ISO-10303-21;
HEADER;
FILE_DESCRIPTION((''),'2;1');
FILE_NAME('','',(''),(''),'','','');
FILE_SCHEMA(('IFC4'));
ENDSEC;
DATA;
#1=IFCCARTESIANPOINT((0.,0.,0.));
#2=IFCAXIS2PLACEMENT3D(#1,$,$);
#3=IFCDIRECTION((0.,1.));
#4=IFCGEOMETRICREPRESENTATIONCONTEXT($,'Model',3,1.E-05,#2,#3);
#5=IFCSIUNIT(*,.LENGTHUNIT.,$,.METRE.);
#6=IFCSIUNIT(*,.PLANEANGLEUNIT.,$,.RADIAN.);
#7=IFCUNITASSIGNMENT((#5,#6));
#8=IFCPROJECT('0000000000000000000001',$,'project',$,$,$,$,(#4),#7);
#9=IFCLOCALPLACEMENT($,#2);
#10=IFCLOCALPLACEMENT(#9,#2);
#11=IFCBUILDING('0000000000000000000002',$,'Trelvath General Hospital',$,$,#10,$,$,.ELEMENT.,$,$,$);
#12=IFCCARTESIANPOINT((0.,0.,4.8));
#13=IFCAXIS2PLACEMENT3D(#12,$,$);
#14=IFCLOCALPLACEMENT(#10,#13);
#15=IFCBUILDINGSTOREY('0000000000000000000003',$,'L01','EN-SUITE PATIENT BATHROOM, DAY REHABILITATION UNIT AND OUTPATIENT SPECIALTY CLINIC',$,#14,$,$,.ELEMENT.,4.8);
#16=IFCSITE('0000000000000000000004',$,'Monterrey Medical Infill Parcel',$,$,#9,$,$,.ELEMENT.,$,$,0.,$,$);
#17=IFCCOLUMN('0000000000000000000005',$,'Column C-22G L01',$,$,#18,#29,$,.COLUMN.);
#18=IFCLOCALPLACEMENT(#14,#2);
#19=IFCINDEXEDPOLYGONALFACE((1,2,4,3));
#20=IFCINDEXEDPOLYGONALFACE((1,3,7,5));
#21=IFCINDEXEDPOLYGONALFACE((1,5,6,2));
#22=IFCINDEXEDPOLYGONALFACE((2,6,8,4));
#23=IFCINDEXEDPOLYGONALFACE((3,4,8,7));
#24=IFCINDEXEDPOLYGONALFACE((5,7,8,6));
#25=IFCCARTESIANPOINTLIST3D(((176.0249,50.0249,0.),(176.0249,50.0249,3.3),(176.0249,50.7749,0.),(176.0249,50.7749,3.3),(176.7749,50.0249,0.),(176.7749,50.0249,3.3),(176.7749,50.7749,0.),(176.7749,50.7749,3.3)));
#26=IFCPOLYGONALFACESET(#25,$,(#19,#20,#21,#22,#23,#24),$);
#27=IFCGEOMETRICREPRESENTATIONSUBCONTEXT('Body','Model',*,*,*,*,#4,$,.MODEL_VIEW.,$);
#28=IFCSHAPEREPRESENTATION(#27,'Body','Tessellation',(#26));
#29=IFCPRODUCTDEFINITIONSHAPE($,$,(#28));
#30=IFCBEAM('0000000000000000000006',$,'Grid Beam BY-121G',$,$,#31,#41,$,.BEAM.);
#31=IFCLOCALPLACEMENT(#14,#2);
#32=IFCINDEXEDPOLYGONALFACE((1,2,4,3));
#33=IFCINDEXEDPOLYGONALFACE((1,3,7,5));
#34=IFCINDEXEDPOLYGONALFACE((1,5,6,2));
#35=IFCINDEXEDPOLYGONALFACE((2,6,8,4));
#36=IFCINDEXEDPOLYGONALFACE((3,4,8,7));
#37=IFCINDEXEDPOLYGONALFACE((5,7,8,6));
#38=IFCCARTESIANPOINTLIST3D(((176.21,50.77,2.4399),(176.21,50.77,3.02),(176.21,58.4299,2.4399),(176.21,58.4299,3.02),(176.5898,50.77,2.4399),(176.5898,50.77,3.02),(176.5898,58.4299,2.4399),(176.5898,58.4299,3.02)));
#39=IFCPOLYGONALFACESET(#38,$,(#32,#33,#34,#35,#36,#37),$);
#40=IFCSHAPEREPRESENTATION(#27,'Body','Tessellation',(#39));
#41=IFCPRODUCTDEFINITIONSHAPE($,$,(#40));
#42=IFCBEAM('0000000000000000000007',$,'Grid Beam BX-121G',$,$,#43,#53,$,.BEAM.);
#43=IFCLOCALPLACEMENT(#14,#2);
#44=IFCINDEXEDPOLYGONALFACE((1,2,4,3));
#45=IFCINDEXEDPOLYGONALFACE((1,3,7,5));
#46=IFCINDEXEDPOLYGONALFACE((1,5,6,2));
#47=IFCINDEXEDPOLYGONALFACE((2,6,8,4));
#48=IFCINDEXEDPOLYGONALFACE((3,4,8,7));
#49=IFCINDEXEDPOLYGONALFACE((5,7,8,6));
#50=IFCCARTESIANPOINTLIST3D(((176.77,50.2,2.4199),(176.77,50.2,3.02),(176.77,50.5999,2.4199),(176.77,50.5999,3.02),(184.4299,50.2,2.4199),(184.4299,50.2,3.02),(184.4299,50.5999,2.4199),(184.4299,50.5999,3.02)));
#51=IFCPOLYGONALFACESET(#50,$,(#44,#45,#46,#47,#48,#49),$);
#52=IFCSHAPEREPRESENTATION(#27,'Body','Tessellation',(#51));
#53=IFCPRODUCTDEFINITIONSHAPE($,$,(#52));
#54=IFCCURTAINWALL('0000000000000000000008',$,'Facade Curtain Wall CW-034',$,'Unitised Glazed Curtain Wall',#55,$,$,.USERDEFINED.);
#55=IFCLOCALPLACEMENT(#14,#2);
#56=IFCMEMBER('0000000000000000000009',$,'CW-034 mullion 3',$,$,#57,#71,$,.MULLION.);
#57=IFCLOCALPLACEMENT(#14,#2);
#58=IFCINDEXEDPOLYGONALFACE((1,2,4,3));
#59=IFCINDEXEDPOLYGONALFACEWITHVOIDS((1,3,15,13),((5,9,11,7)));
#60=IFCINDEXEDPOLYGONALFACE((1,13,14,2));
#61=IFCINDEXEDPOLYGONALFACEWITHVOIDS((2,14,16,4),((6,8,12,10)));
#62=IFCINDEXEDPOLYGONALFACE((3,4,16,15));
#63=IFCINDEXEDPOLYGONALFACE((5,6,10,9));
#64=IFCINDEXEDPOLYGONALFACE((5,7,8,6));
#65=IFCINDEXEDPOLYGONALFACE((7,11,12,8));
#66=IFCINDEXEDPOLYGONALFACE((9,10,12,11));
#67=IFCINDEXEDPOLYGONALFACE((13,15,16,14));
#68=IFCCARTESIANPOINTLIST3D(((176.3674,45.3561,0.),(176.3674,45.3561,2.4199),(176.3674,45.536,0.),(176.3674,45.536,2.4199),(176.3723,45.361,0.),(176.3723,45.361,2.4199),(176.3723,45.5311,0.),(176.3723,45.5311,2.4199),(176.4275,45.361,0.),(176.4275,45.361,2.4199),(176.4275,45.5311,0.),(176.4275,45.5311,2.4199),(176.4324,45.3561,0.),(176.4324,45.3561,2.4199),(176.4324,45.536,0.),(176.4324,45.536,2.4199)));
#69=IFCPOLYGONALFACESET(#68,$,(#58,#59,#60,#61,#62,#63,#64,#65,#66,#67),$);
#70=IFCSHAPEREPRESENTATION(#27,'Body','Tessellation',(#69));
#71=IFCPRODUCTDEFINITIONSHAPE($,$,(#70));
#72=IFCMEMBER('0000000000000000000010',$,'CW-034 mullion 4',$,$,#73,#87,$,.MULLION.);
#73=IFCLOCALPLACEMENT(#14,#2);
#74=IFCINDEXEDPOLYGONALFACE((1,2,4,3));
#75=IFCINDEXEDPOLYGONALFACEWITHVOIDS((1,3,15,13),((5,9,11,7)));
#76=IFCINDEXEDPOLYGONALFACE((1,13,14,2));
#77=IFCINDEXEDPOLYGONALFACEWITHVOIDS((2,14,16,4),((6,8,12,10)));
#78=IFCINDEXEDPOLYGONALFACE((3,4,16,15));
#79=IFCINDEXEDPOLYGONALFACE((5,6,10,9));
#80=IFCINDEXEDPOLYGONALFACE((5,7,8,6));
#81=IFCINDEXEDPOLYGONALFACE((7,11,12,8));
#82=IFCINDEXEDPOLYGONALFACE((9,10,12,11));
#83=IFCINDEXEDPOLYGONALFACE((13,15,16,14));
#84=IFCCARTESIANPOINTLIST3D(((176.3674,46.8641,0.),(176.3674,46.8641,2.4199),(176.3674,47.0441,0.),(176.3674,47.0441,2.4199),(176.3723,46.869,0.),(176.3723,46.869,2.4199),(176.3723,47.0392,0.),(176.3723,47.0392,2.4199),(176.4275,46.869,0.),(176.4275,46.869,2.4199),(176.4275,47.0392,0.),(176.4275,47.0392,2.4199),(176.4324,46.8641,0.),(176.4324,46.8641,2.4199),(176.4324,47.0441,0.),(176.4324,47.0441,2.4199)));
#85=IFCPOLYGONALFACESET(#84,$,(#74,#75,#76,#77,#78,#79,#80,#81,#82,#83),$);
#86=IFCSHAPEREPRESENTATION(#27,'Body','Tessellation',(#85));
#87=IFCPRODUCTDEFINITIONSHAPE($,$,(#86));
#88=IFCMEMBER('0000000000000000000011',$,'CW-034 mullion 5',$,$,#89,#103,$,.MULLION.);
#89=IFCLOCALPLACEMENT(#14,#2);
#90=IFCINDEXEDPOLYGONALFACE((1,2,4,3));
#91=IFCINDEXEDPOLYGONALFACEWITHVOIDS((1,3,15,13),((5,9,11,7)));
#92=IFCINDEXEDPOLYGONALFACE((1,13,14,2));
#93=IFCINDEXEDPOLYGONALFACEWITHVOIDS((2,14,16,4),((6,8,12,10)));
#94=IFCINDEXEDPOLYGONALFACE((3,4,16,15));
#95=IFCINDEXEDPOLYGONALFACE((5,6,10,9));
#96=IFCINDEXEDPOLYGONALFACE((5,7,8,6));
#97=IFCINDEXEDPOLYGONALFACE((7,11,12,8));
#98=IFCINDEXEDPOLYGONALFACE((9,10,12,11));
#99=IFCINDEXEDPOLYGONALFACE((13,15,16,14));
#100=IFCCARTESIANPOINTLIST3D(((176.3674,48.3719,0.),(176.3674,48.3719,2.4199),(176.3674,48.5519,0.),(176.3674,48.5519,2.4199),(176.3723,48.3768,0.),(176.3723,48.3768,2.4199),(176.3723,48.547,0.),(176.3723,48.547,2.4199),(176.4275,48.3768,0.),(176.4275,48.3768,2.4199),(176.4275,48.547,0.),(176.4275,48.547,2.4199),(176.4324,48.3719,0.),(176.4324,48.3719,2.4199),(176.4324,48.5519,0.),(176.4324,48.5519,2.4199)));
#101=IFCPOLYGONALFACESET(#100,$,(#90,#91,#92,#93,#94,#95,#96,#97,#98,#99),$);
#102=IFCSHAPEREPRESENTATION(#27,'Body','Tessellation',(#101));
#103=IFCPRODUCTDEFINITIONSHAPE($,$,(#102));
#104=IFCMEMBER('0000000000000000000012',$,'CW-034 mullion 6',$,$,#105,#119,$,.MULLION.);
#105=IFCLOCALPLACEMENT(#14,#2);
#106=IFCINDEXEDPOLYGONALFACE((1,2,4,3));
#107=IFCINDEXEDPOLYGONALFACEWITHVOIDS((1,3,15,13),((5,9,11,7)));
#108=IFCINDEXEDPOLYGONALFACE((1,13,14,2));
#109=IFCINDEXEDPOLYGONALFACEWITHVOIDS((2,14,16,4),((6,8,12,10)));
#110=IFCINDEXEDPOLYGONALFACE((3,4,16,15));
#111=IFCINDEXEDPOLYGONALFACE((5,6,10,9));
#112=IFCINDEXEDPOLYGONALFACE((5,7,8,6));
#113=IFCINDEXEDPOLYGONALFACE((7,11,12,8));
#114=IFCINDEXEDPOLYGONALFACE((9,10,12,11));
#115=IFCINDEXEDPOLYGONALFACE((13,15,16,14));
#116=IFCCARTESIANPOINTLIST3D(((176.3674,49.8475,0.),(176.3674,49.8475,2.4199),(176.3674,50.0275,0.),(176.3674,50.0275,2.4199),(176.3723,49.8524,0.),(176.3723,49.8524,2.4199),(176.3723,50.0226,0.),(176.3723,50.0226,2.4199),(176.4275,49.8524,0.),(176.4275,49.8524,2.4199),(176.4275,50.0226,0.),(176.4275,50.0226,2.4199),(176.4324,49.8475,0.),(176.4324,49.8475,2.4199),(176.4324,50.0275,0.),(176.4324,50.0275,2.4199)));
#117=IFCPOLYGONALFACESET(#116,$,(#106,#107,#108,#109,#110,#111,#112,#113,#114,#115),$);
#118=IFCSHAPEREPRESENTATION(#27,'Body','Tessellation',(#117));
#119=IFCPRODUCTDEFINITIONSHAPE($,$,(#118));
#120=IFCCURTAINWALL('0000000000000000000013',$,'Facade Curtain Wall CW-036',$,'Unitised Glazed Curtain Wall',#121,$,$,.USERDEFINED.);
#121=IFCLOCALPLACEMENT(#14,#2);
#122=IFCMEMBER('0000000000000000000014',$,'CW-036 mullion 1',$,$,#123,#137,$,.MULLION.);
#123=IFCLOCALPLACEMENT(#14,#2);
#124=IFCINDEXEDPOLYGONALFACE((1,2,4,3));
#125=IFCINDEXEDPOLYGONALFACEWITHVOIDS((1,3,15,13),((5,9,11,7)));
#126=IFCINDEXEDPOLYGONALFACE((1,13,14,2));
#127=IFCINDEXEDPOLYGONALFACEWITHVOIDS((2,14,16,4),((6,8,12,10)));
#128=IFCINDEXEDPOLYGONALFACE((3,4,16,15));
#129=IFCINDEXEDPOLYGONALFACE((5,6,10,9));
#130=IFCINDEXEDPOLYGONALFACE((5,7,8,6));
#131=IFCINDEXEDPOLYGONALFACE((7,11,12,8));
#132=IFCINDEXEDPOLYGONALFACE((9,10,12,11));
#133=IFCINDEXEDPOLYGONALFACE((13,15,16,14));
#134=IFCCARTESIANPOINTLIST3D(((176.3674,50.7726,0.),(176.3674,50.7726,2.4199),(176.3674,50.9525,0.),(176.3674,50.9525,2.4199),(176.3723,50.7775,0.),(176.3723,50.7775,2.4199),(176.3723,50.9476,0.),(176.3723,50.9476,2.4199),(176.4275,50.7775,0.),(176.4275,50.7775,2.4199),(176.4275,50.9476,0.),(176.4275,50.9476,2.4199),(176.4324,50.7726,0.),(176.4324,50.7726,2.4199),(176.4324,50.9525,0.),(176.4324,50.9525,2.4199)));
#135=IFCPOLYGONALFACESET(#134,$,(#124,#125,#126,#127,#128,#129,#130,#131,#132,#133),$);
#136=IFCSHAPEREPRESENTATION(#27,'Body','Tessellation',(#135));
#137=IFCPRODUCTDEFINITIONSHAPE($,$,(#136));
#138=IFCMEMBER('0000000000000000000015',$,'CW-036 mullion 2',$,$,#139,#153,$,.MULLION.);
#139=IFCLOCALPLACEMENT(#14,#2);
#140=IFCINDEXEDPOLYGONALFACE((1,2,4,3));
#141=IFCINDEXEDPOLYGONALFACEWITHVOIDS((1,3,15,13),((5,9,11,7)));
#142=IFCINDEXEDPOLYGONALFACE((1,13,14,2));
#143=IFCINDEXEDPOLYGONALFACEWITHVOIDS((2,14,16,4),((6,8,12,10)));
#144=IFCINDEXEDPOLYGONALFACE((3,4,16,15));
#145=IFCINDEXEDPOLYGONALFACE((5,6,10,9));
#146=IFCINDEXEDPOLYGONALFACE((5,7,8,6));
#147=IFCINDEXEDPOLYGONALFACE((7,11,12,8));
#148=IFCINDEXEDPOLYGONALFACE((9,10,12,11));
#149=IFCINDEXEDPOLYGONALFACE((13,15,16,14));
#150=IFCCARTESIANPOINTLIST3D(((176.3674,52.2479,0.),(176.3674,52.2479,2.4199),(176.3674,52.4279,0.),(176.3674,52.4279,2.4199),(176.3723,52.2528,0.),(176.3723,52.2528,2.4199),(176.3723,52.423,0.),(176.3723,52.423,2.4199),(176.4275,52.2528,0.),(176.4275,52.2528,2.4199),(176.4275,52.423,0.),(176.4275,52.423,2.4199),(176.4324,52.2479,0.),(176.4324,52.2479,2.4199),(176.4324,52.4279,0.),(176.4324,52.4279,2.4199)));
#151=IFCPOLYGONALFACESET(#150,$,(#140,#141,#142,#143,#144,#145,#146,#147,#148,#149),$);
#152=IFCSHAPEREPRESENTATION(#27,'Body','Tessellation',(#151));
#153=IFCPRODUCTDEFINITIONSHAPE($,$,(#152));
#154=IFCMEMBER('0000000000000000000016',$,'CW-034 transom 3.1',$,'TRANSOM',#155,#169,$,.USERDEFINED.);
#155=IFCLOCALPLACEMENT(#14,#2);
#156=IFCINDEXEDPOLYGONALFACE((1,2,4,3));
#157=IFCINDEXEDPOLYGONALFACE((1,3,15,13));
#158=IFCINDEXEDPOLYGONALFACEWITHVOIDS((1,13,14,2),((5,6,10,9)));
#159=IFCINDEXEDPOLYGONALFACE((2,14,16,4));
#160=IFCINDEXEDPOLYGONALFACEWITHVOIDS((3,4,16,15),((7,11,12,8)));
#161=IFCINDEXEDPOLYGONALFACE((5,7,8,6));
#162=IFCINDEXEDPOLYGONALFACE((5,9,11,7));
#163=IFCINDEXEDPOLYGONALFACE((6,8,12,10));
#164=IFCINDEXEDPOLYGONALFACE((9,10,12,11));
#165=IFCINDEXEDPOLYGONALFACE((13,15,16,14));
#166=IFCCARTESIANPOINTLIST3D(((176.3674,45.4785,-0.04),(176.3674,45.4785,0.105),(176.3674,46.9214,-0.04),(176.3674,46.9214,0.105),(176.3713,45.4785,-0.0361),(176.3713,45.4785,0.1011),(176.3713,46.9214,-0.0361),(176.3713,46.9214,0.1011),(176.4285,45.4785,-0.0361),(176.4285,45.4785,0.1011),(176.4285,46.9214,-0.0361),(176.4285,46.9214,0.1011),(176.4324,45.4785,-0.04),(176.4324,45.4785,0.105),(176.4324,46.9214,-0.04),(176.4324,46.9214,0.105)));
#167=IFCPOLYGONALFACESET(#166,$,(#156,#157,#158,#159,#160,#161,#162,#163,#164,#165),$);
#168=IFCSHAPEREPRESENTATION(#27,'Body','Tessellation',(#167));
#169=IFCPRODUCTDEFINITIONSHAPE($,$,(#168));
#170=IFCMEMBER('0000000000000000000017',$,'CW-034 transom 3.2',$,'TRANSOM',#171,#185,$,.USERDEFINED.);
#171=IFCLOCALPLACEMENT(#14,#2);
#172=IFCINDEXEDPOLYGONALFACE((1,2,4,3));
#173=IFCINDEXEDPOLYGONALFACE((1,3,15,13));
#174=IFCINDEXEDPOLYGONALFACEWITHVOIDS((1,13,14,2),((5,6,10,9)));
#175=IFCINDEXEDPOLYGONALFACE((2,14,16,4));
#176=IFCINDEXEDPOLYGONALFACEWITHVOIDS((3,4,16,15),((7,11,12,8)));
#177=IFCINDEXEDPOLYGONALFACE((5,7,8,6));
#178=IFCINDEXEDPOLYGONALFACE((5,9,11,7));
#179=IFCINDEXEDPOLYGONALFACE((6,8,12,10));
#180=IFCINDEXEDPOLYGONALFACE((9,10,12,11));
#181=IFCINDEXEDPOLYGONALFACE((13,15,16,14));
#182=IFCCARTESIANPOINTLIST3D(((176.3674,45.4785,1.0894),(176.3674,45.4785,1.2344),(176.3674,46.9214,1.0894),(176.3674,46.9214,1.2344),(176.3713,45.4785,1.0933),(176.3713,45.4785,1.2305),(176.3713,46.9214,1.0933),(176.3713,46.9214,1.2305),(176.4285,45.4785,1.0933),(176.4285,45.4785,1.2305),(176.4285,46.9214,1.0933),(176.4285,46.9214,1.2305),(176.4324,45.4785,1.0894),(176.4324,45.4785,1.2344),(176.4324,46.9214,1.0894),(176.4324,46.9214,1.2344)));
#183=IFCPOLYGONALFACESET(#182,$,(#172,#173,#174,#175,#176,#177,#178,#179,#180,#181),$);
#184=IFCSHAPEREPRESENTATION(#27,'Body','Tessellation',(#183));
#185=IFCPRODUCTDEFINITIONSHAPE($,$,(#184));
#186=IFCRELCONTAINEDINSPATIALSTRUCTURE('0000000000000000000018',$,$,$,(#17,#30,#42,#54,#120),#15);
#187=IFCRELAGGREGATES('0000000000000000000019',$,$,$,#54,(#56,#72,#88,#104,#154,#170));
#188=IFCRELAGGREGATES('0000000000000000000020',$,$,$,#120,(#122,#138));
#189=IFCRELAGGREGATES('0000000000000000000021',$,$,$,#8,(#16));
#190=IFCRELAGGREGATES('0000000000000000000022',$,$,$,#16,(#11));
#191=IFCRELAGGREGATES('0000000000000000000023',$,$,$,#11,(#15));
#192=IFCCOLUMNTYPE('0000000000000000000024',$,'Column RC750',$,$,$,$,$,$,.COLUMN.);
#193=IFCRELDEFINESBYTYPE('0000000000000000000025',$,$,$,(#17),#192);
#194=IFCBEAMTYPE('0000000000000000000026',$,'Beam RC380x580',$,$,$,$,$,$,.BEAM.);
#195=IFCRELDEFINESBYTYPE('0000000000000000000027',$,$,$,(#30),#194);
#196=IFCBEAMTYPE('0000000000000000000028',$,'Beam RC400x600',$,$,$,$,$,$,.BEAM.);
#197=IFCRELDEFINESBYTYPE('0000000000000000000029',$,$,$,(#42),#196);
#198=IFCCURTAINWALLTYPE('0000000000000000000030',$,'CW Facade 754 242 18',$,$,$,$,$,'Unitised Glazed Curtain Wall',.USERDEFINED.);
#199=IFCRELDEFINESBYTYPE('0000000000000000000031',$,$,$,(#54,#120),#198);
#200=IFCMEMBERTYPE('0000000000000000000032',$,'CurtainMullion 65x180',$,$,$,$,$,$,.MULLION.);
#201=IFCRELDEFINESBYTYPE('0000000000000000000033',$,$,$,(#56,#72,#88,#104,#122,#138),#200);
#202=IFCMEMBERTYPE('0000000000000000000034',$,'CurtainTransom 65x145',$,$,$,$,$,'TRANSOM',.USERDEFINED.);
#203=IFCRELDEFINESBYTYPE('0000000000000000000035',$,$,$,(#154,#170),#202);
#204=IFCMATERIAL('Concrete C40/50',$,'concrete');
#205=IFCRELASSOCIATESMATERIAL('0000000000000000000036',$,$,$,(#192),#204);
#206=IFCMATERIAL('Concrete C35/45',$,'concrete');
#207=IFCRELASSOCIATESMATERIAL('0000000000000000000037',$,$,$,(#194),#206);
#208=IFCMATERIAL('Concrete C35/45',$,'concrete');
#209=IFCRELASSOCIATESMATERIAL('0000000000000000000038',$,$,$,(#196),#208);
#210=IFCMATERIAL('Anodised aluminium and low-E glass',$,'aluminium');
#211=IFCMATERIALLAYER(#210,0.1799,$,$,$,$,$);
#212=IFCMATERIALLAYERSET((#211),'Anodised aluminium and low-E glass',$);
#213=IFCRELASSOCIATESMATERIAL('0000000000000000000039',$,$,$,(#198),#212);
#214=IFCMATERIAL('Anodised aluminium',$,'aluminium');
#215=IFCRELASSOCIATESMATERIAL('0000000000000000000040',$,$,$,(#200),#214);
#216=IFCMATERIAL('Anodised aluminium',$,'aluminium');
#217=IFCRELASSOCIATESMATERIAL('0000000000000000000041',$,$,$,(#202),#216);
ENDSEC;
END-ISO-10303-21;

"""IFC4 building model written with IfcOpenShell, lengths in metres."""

from ifc_helpers import new_model, si_unit, direction, frame, origin, origin_2d, place, context, subcontext, project, spatial, rectangle, hollow_rectangle, extrude, material, layer, layer_set, material_profile, profile_set, type_object, element, aggregate, save


model = new_model("IFC4")

# Units and contexts
model_context = context("Model", 3, precision=1e-05, world=origin(), true_north=direction((0.0, 1.0)))
body_context = subcontext(model_context, "Body", "Model", "MODEL_VIEW")
ifc_project = project(units=[si_unit("LENGTHUNIT", "METRE"), si_unit("PLANEANGLEUNIT", "RADIAN")], contexts=[model_context])

# Site, building, storey
site_placement = place(None, origin())
site = spatial("IfcSite", under=ifc_project, at=site_placement, Name="Monterrey Medical Infill Parcel", CompositionType="ELEMENT", RefElevation=0.0)
building_placement = place(site_placement, origin())
building = spatial("IfcBuilding", under=site, at=building_placement, Name="Trelvath General Hospital", CompositionType="ELEMENT")
storey_placement = place(building_placement, frame((0.0, 0.0, 4.8)))
storey = spatial("IfcBuildingStorey", under=building, at=storey_placement, Name="L01", Description="EN-SUITE PATIENT BATHROOM, DAY REHABILITATION UNIT AND OUTPATIENT SPECIALTY CLINIC", CompositionType="ELEMENT", Elevation=4.8)

# Column
ifc_material_1 = material(Name="Concrete C40/50", Category="concrete")
ifc_material_profile_1 = material_profile(ifc_material_1, rectangle(XDim=0.75, YDim=0.75, at=origin_2d()), Name="RC750x750")
ifc_profile_set_1 = profile_set([ifc_material_profile_1], Name="Concrete C40/50")
column_type = type_object("IfcColumnType", Name="Column RC750", PredefinedType="COLUMN", material=ifc_profile_set_1)
column_placement = place(storey_placement, frame((176.3999, 50.3999, 0.0), z_axis=(0.0, 0.0, 1.0), x_axis=(1.0, 0.0, 0.0)))
element("IfcColumn", 1, at=column_placement, inside=storey, type_object=column_type, Name="Column C-22G L01", PredefinedType="COLUMN", context=body_context, shape_type="SweptSolid", body=[
    extrude(rectangle(XDim=0.75, YDim=0.75, at=origin_2d()), origin(), (0.0, 0.0, 1.0), 3.3),
])

# Beams
ifc_material_2 = material(Name="Concrete C35/45", Category="concrete")
ifc_material_profile_2 = material_profile(ifc_material_2, rectangle(XDim=0.3799, YDim=0.5801, at=origin_2d()), Name="RCB380x580")
ifc_profile_set_2 = profile_set([ifc_material_profile_2], Name="Concrete C35/45")
beam_type_1 = type_object("IfcBeamType", Name="Beam RC380x580", PredefinedType="BEAM", material=ifc_profile_set_2)
beam_1_placement = place(storey_placement, frame((176.3999, 50.77, 2.73), z_axis=(0.0, 1.0, 0.0), x_axis=(-1.0, 0.0, 0.0)))
element("IfcBeam", 2, at=beam_1_placement, inside=storey, type_object=beam_type_1, Name="Grid Beam BY-121G", PredefinedType="BEAM", context=body_context, shape_type="SweptSolid", body=[
    extrude(rectangle(XDim=0.3799, YDim=0.5801, at=origin_2d()), origin(), (0.0, 0.0, 1.0), 7.6599),
])
ifc_material_3 = material(Name="Concrete C35/45", Category="concrete")
ifc_material_profile_3 = material_profile(ifc_material_3, rectangle(XDim=0.3999, YDim=0.6001, at=origin_2d()), Name="RCB400x600")
ifc_profile_set_3 = profile_set([ifc_material_profile_3], Name="Concrete C35/45")
beam_type_2 = type_object("IfcBeamType", Name="Beam RC400x600", PredefinedType="BEAM", material=ifc_profile_set_3)
beam_2_placement = place(storey_placement, frame((176.77, 50.3999, 2.72), z_axis=(1.0, 0.0, 0.0), x_axis=(0.0, 1.0, 0.0)))
element("IfcBeam", 3, at=beam_2_placement, inside=storey, type_object=beam_type_2, Name="Grid Beam BX-121G", PredefinedType="BEAM", context=body_context, shape_type="SweptSolid", body=[
    extrude(rectangle(XDim=0.3999, YDim=0.6001, at=origin_2d()), origin(), (0.0, 0.0, 1.0), 7.6599),
])

# Curtain walls, members
ifc_material_4 = material(Name="Anodised aluminium and low-E glass", Category="aluminium")
ifc_layer_1 = layer(ifc_material_4, 0.1799)
ifc_layer_set_1 = layer_set([ifc_layer_1], Name="Anodised aluminium and low-E glass")
curtain_wall_type = type_object("IfcCurtainWallType", Name="CW Facade 754 242 18", ElementType="Unitised Glazed Curtain Wall", PredefinedType="USERDEFINED", material=ifc_layer_set_1)
curtain_wall_1_placement = place(storey_placement, origin())
curtain_wall_1 = element("IfcCurtainWall", 4, at=curtain_wall_1_placement, inside=storey, type_object=curtain_wall_type, Name="Facade Curtain Wall CW-034", ObjectType="Unitised Glazed Curtain Wall", PredefinedType="USERDEFINED")
ifc_material_5 = material(Name="Anodised aluminium", Category="aluminium")
ifc_material_profile_4 = material_profile(ifc_material_5, hollow_rectangle(XDim=0.0649, YDim=0.1799, WallThickness=0.0049, at=origin_2d()), Name="RHS65x180x5")
ifc_profile_set_4 = profile_set([ifc_material_profile_4], Name="Anodised aluminium")
member_type_1 = type_object("IfcMemberType", Name="CurtainMullion 65x180", PredefinedType="MULLION", material=ifc_profile_set_4)
member_1_placement = place(storey_placement, frame((176.3999, 45.446, 0.0), z_axis=(0.0, 0.0, 1.0), x_axis=(-1.0, 0.0, 0.0)))
member_1 = element("IfcMember", 5, at=member_1_placement, type_object=member_type_1, Name="CW-034 mullion 3", PredefinedType="MULLION", context=body_context, shape_type="SweptSolid", body=[
    extrude(hollow_rectangle(XDim=0.0649, YDim=0.1799, WallThickness=0.0049, at=origin_2d()), origin(), (0.0, 0.0, 1.0), 2.4199),
])
member_2_placement = place(storey_placement, frame((176.3999, 46.9541, 0.0), z_axis=(0.0, 0.0, 1.0), x_axis=(-1.0, 0.0, 0.0)))
member_2 = element("IfcMember", 6, at=member_2_placement, type_object=member_type_1, Name="CW-034 mullion 4", PredefinedType="MULLION", context=body_context, shape_type="SweptSolid", body=[
    extrude(hollow_rectangle(XDim=0.0649, YDim=0.1799, WallThickness=0.0049, at=origin_2d()), origin(), (0.0, 0.0, 1.0), 2.4199),
])
member_3_placement = place(storey_placement, frame((176.3999, 48.4619, 0.0), z_axis=(0.0, 0.0, 1.0), x_axis=(-1.0, 0.0, 0.0)))
member_3 = element("IfcMember", 7, at=member_3_placement, type_object=member_type_1, Name="CW-034 mullion 5", PredefinedType="MULLION", context=body_context, shape_type="SweptSolid", body=[
    extrude(hollow_rectangle(XDim=0.0649, YDim=0.1799, WallThickness=0.0049, at=origin_2d()), origin(), (0.0, 0.0, 1.0), 2.4199),
])
member_4_placement = place(storey_placement, frame((176.3999, 49.9375, 0.0), z_axis=(0.0, 0.0, 1.0), x_axis=(-1.0, 0.0, 0.0)))
member_4 = element("IfcMember", 8, at=member_4_placement, type_object=member_type_1, Name="CW-034 mullion 6", PredefinedType="MULLION", context=body_context, shape_type="SweptSolid", body=[
    extrude(hollow_rectangle(XDim=0.0649, YDim=0.1799, WallThickness=0.0049, at=origin_2d()), origin(), (0.0, 0.0, 1.0), 2.4199),
])
curtain_wall_2_placement = place(storey_placement, origin())
curtain_wall_2 = element("IfcCurtainWall", 9, at=curtain_wall_2_placement, inside=storey, type_object=curtain_wall_type, Name="Facade Curtain Wall CW-036", ObjectType="Unitised Glazed Curtain Wall", PredefinedType="USERDEFINED")
member_5_placement = place(storey_placement, frame((176.3999, 50.8625, 0.0), z_axis=(0.0, 0.0, 1.0), x_axis=(-1.0, 0.0, 0.0)))
member_5 = element("IfcMember", 10, at=member_5_placement, type_object=member_type_1, Name="CW-036 mullion 1", PredefinedType="MULLION", context=body_context, shape_type="SweptSolid", body=[
    extrude(hollow_rectangle(XDim=0.0649, YDim=0.1799, WallThickness=0.0049, at=origin_2d()), origin(), (0.0, 0.0, 1.0), 2.4199),
])
member_6_placement = place(storey_placement, frame((176.3999, 52.3379, 0.0), z_axis=(0.0, 0.0, 1.0), x_axis=(-1.0, 0.0, 0.0)))
member_6 = element("IfcMember", 11, at=member_6_placement, type_object=member_type_1, Name="CW-036 mullion 2", PredefinedType="MULLION", context=body_context, shape_type="SweptSolid", body=[
    extrude(hollow_rectangle(XDim=0.0649, YDim=0.1799, WallThickness=0.0049, at=origin_2d()), origin(), (0.0, 0.0, 1.0), 2.4199),
])

# Members
ifc_material_6 = material(Name="Anodised aluminium", Category="aluminium")
ifc_material_profile_5 = material_profile(ifc_material_6, hollow_rectangle(XDim=0.0649, YDim=0.145, WallThickness=0.0039, at=origin_2d()), Name="RHS65x145x4")
ifc_profile_set_5 = profile_set([ifc_material_profile_5], Name="Anodised aluminium")
member_type_2 = type_object("IfcMemberType", Name="CurtainTransom 65x145", ElementType="TRANSOM", PredefinedType="USERDEFINED", material=ifc_profile_set_5)
member_7_placement = place(storey_placement, frame((176.3999, 45.4785, 0.0325), z_axis=(0.0, 1.0, 0.0), x_axis=(-1.0, 0.0, 0.0)))
member_7 = element("IfcMember", 12, at=member_7_placement, type_object=member_type_2, Name="CW-034 transom 3.1", ObjectType="TRANSOM", PredefinedType="USERDEFINED", context=body_context, shape_type="SweptSolid", body=[
    extrude(hollow_rectangle(XDim=0.0649, YDim=0.145, WallThickness=0.0039, at=origin_2d()), origin(), (0.0, 0.0, 1.0), 1.4429),
])
member_8_placement = place(storey_placement, frame((176.3999, 45.4785, 1.1619), z_axis=(0.0, 1.0, 0.0), x_axis=(-1.0, 0.0, 0.0)))
member_8 = element("IfcMember", 13, at=member_8_placement, type_object=member_type_2, Name="CW-034 transom 3.2", ObjectType="TRANSOM", PredefinedType="USERDEFINED", context=body_context, shape_type="SweptSolid", body=[
    extrude(hollow_rectangle(XDim=0.0649, YDim=0.145, WallThickness=0.0039, at=origin_2d()), origin(), (0.0, 0.0, 1.0), 1.4429),
])

aggregate(curtain_wall_1, [member_1, member_2, member_3, member_4, member_7, member_8])
aggregate(curtain_wall_2, [member_5, member_6])

save(model, "model.ifc")
